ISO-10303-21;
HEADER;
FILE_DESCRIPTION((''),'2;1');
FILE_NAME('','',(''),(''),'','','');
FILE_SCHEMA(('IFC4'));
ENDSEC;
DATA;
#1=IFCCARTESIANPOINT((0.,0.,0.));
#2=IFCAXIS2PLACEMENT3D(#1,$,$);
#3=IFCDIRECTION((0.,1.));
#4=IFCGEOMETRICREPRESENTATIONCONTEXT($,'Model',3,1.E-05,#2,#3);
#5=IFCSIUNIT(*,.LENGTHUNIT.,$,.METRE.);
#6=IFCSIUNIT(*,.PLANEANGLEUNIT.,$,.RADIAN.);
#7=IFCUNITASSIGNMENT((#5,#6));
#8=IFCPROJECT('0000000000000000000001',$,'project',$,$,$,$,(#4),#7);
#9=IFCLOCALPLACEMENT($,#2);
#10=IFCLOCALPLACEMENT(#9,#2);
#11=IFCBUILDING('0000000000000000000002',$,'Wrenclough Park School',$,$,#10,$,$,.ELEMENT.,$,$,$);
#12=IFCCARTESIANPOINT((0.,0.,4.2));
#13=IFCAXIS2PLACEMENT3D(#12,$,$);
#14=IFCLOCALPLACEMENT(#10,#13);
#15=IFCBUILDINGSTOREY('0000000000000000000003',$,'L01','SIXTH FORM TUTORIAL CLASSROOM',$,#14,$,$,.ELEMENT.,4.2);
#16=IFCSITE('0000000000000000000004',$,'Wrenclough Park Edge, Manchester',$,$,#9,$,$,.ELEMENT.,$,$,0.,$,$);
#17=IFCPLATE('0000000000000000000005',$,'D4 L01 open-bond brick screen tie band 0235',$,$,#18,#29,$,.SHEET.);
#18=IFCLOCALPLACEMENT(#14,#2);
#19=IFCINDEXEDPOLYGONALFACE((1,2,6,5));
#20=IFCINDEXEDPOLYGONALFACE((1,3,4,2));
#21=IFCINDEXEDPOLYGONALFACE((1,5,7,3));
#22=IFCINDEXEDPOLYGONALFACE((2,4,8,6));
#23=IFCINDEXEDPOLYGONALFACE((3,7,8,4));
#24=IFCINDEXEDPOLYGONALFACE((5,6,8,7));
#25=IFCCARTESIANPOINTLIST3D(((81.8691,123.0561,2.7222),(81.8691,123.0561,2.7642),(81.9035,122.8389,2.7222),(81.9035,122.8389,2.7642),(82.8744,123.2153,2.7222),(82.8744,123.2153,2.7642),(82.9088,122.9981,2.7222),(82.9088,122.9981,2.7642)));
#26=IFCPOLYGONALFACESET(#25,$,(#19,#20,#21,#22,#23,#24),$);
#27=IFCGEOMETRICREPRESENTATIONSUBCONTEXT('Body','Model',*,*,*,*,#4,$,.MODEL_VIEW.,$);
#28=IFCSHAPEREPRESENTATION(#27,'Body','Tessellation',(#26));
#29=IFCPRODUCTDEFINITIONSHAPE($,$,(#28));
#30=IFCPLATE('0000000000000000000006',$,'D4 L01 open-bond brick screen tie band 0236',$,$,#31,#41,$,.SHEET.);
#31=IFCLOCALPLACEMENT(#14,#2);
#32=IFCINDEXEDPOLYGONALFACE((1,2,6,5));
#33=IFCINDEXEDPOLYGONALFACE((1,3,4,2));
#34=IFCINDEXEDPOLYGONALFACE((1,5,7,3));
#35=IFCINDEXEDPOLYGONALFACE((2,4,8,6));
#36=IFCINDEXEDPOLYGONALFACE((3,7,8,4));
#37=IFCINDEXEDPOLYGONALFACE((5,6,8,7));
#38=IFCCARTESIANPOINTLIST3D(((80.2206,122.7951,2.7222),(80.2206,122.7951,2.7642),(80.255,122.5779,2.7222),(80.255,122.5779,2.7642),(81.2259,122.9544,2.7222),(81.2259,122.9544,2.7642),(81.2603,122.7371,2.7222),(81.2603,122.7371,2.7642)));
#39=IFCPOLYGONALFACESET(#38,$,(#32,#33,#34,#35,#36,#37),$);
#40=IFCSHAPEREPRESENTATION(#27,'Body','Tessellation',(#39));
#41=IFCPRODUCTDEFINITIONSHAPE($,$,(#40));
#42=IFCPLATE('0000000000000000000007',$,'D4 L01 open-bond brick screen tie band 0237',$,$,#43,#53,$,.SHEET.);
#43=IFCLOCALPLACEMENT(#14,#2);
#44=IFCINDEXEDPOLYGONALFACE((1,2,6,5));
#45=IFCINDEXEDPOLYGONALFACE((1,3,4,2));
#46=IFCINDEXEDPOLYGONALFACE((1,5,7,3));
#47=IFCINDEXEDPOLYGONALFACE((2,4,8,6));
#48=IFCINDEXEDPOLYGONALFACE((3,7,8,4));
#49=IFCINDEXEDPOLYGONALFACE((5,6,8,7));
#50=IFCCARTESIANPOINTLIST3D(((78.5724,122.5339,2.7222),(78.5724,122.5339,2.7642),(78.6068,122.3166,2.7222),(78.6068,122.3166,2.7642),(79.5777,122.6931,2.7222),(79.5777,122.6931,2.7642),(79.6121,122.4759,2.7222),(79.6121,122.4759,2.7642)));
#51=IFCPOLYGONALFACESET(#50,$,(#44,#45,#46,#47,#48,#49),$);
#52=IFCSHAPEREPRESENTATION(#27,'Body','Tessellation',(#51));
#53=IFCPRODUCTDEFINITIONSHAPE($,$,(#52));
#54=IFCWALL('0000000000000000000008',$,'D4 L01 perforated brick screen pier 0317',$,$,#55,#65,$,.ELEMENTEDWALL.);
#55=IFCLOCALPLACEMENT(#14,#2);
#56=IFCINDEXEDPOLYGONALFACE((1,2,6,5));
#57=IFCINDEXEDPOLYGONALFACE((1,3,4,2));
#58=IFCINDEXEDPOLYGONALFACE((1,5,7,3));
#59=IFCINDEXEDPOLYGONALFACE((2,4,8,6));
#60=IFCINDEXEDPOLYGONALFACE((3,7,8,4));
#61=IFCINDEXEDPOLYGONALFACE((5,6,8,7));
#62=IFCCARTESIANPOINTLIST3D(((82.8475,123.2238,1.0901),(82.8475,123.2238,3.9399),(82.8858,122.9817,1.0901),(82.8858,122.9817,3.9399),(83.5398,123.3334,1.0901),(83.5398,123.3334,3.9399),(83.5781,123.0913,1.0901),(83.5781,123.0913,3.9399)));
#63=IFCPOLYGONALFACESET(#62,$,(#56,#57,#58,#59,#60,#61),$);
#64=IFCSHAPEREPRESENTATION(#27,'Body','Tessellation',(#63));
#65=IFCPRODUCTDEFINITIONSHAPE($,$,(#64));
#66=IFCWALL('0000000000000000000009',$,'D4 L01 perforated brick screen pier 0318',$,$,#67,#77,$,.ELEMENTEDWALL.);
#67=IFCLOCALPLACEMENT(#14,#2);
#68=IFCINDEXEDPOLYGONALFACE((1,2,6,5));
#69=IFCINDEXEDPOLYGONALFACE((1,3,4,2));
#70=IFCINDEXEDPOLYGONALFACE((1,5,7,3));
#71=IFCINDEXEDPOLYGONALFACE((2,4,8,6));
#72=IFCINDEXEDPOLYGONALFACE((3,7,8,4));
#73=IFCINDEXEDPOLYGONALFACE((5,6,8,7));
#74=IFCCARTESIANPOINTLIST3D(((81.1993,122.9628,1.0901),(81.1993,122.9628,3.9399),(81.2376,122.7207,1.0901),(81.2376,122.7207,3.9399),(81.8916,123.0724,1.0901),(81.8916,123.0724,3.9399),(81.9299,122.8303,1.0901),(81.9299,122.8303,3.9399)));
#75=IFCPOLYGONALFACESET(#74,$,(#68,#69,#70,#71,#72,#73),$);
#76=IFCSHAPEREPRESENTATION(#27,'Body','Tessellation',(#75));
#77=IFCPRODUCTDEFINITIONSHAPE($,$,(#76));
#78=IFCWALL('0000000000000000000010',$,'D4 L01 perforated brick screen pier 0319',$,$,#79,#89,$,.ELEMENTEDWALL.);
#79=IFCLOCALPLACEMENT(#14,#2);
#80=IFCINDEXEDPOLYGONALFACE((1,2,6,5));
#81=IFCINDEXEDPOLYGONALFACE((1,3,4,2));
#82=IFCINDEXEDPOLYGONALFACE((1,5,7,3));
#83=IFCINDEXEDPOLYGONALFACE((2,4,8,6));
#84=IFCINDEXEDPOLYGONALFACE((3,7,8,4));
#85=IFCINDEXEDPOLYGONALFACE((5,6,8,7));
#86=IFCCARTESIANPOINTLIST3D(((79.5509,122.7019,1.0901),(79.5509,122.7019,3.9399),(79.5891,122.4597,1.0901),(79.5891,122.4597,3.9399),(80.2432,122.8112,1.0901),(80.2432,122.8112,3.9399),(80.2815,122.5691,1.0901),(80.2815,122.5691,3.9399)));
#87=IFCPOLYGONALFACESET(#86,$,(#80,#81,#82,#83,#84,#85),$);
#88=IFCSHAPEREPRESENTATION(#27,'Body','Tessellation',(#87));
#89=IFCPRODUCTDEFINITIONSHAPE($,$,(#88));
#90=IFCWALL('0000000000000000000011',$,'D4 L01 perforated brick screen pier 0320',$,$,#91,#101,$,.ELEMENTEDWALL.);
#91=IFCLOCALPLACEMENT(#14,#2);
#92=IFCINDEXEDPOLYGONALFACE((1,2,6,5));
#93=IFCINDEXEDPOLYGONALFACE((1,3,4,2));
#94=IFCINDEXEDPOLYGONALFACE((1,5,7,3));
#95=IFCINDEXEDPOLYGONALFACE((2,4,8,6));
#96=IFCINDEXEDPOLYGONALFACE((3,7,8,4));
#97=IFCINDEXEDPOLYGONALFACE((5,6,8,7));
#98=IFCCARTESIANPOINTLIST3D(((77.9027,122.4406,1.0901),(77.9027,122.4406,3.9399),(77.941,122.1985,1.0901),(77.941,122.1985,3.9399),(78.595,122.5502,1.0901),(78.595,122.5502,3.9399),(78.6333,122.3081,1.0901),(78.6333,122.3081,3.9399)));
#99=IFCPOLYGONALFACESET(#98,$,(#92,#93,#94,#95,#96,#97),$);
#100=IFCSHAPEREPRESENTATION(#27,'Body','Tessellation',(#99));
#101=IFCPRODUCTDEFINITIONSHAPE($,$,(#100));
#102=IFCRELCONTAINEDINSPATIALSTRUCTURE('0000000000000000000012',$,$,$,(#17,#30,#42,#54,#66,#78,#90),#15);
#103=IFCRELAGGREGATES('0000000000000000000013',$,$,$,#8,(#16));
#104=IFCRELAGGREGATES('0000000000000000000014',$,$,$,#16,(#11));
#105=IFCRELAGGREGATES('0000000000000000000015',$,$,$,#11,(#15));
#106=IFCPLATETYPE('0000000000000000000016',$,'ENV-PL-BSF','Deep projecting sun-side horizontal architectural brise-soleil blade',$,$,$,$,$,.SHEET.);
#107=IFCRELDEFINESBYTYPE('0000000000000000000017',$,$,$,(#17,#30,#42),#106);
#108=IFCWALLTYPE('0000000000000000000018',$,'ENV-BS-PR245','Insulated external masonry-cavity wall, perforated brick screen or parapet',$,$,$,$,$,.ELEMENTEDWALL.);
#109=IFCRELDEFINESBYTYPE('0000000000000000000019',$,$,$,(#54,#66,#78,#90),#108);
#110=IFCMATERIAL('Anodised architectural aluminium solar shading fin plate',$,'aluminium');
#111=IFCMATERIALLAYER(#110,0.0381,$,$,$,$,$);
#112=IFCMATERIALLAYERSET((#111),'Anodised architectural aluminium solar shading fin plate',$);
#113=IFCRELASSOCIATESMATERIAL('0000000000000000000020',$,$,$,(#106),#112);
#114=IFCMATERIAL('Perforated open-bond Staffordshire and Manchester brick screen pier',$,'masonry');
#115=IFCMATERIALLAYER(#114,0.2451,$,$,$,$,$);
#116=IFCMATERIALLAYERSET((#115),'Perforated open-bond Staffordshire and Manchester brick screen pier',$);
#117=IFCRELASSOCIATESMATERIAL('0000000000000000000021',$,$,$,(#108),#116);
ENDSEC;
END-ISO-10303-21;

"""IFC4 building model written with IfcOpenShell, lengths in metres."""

from ifc_helpers import new_model, si_unit, direction, frame, frame_2d, origin, origin_2d, place, context, subcontext, project, spatial, rectangle, extrude, material, layer, layer_set, type_object, element, save


model = new_model("IFC4")

# Units and contexts
model_context = context("Model", 3, precision=1e-05, world=origin(), true_north=direction((0.0, 1.0)))
body_context = subcontext(model_context, "Body", "Model", "MODEL_VIEW")
ifc_project = project(units=[si_unit("LENGTHUNIT", "METRE"), si_unit("PLANEANGLEUNIT", "RADIAN")], contexts=[model_context])

# Site, building, storey
site_placement = place(None, origin())
site = spatial("IfcSite", under=ifc_project, at=site_placement, Name="Wrenclough Park Edge, Manchester", CompositionType="ELEMENT", RefElevation=0.0)
building_placement = place(site_placement, origin())
building = spatial("IfcBuilding", under=site, at=building_placement, Name="Wrenclough Park School", CompositionType="ELEMENT")
storey_placement = place(building_placement, frame((0.0, 0.0, 4.2)))
storey = spatial("IfcBuildingStorey", under=building, at=storey_placement, Name="L01", Description="SIXTH FORM TUTORIAL CLASSROOM", CompositionType="ELEMENT", Elevation=4.2)

# Plates
ifc_material_1 = material(Name="Anodised architectural aluminium solar shading fin plate", Category="aluminium")
ifc_layer_1 = layer(ifc_material_1, 0.0381)
ifc_layer_set_1 = layer_set([ifc_layer_1], Name="Anodised architectural aluminium solar shading fin plate")
plate_type_1 = type_object("IfcPlateType", Name="ENV-PL-BSF", Description="Deep projecting sun-side horizontal architectural brise-soleil blade", PredefinedType="SHEET", material=ifc_layer_set_1)
for number, where, z_axis, x_axis, name in (
    (1, (82.3889, 123.0271, 2.7222), (0.0, 0.0, 1.0), (-0.987688, -0.156436, 0.0), "D4 L01 open-bond brick screen tie band 0235"),
    (2, (80.7405, 122.7661, 2.7222), (0.0, 0.0, 1.0), (-0.987688, -0.156436, 0.0), "D4 L01 open-bond brick screen tie band 0236"),
    (3, (79.0923, 122.5049, 2.7222), (0.0, 0.0, 1.0), (-0.987688, -0.156436, 0.0), "D4 L01 open-bond brick screen tie band 0237"),
):
    element("IfcPlate", number, at=place(storey_placement, frame(where, z_axis=z_axis, x_axis=x_axis)), inside=storey, type_object=plate_type_1, Name=name, PredefinedType="SHEET", context=body_context, shape_type="SweptSolid", body=[
        extrude(rectangle(XDim=1.0178, YDim=0.22, at=origin_2d()), origin(), (0.0, 0.0, 1.0), 0.042),
    ])

# Walls
ifc_material_2 = material(Name="Perforated open-bond Staffordshire and Manchester brick screen pier", Category="masonry")
ifc_layer_2 = layer(ifc_material_2, 0.2451)
ifc_layer_set_2 = layer_set([ifc_layer_2], Name="Perforated open-bond Staffordshire and Manchester brick screen pier")
wall_type = type_object("IfcWallType", Name="ENV-BS-PR245", Description="Insulated external masonry-cavity wall, perforated brick screen or parapet", PredefinedType="ELEMENTEDWALL", material=ifc_layer_set_2)
for number, where, z_axis, x_axis, name in (
    (4, (83.5591, 123.2124, 1.0901), (0.0, 0.0, 1.0), (-0.987698, -0.156374, 0.0), "D4 L01 perforated brick screen pier 0317"),
    (5, (81.9109, 122.9514, 1.0901), (0.0, 0.0, 1.0), (-0.987698, -0.156374, 0.0), "D4 L01 perforated brick screen pier 0318"),
    (6, (80.2625, 122.6902, 1.0901), (0.0, 0.0, 1.0), (-0.987752, -0.156034, 0.0), "D4 L01 perforated brick screen pier 0319"),
    (7, (78.6143, 122.4292, 1.0901), (0.0, 0.0, 1.0), (-0.987698, -0.156374, 0.0), "D4 L01 perforated brick screen pier 0320"),
):
    element("IfcWall", number, at=place(storey_placement, frame(where, z_axis=z_axis, x_axis=x_axis)), inside=storey, type_object=wall_type, Name=name, PredefinedType="ELEMENTEDWALL", context=body_context, shape_type="SweptSolid", body=[
        extrude(rectangle(XDim=0.7009, YDim=0.2451, at=frame_2d((0.3506, 0.0))), origin(), (0.0, 0.0, 1.0), 2.8499),
    ])

save(model, "model.ifc")
